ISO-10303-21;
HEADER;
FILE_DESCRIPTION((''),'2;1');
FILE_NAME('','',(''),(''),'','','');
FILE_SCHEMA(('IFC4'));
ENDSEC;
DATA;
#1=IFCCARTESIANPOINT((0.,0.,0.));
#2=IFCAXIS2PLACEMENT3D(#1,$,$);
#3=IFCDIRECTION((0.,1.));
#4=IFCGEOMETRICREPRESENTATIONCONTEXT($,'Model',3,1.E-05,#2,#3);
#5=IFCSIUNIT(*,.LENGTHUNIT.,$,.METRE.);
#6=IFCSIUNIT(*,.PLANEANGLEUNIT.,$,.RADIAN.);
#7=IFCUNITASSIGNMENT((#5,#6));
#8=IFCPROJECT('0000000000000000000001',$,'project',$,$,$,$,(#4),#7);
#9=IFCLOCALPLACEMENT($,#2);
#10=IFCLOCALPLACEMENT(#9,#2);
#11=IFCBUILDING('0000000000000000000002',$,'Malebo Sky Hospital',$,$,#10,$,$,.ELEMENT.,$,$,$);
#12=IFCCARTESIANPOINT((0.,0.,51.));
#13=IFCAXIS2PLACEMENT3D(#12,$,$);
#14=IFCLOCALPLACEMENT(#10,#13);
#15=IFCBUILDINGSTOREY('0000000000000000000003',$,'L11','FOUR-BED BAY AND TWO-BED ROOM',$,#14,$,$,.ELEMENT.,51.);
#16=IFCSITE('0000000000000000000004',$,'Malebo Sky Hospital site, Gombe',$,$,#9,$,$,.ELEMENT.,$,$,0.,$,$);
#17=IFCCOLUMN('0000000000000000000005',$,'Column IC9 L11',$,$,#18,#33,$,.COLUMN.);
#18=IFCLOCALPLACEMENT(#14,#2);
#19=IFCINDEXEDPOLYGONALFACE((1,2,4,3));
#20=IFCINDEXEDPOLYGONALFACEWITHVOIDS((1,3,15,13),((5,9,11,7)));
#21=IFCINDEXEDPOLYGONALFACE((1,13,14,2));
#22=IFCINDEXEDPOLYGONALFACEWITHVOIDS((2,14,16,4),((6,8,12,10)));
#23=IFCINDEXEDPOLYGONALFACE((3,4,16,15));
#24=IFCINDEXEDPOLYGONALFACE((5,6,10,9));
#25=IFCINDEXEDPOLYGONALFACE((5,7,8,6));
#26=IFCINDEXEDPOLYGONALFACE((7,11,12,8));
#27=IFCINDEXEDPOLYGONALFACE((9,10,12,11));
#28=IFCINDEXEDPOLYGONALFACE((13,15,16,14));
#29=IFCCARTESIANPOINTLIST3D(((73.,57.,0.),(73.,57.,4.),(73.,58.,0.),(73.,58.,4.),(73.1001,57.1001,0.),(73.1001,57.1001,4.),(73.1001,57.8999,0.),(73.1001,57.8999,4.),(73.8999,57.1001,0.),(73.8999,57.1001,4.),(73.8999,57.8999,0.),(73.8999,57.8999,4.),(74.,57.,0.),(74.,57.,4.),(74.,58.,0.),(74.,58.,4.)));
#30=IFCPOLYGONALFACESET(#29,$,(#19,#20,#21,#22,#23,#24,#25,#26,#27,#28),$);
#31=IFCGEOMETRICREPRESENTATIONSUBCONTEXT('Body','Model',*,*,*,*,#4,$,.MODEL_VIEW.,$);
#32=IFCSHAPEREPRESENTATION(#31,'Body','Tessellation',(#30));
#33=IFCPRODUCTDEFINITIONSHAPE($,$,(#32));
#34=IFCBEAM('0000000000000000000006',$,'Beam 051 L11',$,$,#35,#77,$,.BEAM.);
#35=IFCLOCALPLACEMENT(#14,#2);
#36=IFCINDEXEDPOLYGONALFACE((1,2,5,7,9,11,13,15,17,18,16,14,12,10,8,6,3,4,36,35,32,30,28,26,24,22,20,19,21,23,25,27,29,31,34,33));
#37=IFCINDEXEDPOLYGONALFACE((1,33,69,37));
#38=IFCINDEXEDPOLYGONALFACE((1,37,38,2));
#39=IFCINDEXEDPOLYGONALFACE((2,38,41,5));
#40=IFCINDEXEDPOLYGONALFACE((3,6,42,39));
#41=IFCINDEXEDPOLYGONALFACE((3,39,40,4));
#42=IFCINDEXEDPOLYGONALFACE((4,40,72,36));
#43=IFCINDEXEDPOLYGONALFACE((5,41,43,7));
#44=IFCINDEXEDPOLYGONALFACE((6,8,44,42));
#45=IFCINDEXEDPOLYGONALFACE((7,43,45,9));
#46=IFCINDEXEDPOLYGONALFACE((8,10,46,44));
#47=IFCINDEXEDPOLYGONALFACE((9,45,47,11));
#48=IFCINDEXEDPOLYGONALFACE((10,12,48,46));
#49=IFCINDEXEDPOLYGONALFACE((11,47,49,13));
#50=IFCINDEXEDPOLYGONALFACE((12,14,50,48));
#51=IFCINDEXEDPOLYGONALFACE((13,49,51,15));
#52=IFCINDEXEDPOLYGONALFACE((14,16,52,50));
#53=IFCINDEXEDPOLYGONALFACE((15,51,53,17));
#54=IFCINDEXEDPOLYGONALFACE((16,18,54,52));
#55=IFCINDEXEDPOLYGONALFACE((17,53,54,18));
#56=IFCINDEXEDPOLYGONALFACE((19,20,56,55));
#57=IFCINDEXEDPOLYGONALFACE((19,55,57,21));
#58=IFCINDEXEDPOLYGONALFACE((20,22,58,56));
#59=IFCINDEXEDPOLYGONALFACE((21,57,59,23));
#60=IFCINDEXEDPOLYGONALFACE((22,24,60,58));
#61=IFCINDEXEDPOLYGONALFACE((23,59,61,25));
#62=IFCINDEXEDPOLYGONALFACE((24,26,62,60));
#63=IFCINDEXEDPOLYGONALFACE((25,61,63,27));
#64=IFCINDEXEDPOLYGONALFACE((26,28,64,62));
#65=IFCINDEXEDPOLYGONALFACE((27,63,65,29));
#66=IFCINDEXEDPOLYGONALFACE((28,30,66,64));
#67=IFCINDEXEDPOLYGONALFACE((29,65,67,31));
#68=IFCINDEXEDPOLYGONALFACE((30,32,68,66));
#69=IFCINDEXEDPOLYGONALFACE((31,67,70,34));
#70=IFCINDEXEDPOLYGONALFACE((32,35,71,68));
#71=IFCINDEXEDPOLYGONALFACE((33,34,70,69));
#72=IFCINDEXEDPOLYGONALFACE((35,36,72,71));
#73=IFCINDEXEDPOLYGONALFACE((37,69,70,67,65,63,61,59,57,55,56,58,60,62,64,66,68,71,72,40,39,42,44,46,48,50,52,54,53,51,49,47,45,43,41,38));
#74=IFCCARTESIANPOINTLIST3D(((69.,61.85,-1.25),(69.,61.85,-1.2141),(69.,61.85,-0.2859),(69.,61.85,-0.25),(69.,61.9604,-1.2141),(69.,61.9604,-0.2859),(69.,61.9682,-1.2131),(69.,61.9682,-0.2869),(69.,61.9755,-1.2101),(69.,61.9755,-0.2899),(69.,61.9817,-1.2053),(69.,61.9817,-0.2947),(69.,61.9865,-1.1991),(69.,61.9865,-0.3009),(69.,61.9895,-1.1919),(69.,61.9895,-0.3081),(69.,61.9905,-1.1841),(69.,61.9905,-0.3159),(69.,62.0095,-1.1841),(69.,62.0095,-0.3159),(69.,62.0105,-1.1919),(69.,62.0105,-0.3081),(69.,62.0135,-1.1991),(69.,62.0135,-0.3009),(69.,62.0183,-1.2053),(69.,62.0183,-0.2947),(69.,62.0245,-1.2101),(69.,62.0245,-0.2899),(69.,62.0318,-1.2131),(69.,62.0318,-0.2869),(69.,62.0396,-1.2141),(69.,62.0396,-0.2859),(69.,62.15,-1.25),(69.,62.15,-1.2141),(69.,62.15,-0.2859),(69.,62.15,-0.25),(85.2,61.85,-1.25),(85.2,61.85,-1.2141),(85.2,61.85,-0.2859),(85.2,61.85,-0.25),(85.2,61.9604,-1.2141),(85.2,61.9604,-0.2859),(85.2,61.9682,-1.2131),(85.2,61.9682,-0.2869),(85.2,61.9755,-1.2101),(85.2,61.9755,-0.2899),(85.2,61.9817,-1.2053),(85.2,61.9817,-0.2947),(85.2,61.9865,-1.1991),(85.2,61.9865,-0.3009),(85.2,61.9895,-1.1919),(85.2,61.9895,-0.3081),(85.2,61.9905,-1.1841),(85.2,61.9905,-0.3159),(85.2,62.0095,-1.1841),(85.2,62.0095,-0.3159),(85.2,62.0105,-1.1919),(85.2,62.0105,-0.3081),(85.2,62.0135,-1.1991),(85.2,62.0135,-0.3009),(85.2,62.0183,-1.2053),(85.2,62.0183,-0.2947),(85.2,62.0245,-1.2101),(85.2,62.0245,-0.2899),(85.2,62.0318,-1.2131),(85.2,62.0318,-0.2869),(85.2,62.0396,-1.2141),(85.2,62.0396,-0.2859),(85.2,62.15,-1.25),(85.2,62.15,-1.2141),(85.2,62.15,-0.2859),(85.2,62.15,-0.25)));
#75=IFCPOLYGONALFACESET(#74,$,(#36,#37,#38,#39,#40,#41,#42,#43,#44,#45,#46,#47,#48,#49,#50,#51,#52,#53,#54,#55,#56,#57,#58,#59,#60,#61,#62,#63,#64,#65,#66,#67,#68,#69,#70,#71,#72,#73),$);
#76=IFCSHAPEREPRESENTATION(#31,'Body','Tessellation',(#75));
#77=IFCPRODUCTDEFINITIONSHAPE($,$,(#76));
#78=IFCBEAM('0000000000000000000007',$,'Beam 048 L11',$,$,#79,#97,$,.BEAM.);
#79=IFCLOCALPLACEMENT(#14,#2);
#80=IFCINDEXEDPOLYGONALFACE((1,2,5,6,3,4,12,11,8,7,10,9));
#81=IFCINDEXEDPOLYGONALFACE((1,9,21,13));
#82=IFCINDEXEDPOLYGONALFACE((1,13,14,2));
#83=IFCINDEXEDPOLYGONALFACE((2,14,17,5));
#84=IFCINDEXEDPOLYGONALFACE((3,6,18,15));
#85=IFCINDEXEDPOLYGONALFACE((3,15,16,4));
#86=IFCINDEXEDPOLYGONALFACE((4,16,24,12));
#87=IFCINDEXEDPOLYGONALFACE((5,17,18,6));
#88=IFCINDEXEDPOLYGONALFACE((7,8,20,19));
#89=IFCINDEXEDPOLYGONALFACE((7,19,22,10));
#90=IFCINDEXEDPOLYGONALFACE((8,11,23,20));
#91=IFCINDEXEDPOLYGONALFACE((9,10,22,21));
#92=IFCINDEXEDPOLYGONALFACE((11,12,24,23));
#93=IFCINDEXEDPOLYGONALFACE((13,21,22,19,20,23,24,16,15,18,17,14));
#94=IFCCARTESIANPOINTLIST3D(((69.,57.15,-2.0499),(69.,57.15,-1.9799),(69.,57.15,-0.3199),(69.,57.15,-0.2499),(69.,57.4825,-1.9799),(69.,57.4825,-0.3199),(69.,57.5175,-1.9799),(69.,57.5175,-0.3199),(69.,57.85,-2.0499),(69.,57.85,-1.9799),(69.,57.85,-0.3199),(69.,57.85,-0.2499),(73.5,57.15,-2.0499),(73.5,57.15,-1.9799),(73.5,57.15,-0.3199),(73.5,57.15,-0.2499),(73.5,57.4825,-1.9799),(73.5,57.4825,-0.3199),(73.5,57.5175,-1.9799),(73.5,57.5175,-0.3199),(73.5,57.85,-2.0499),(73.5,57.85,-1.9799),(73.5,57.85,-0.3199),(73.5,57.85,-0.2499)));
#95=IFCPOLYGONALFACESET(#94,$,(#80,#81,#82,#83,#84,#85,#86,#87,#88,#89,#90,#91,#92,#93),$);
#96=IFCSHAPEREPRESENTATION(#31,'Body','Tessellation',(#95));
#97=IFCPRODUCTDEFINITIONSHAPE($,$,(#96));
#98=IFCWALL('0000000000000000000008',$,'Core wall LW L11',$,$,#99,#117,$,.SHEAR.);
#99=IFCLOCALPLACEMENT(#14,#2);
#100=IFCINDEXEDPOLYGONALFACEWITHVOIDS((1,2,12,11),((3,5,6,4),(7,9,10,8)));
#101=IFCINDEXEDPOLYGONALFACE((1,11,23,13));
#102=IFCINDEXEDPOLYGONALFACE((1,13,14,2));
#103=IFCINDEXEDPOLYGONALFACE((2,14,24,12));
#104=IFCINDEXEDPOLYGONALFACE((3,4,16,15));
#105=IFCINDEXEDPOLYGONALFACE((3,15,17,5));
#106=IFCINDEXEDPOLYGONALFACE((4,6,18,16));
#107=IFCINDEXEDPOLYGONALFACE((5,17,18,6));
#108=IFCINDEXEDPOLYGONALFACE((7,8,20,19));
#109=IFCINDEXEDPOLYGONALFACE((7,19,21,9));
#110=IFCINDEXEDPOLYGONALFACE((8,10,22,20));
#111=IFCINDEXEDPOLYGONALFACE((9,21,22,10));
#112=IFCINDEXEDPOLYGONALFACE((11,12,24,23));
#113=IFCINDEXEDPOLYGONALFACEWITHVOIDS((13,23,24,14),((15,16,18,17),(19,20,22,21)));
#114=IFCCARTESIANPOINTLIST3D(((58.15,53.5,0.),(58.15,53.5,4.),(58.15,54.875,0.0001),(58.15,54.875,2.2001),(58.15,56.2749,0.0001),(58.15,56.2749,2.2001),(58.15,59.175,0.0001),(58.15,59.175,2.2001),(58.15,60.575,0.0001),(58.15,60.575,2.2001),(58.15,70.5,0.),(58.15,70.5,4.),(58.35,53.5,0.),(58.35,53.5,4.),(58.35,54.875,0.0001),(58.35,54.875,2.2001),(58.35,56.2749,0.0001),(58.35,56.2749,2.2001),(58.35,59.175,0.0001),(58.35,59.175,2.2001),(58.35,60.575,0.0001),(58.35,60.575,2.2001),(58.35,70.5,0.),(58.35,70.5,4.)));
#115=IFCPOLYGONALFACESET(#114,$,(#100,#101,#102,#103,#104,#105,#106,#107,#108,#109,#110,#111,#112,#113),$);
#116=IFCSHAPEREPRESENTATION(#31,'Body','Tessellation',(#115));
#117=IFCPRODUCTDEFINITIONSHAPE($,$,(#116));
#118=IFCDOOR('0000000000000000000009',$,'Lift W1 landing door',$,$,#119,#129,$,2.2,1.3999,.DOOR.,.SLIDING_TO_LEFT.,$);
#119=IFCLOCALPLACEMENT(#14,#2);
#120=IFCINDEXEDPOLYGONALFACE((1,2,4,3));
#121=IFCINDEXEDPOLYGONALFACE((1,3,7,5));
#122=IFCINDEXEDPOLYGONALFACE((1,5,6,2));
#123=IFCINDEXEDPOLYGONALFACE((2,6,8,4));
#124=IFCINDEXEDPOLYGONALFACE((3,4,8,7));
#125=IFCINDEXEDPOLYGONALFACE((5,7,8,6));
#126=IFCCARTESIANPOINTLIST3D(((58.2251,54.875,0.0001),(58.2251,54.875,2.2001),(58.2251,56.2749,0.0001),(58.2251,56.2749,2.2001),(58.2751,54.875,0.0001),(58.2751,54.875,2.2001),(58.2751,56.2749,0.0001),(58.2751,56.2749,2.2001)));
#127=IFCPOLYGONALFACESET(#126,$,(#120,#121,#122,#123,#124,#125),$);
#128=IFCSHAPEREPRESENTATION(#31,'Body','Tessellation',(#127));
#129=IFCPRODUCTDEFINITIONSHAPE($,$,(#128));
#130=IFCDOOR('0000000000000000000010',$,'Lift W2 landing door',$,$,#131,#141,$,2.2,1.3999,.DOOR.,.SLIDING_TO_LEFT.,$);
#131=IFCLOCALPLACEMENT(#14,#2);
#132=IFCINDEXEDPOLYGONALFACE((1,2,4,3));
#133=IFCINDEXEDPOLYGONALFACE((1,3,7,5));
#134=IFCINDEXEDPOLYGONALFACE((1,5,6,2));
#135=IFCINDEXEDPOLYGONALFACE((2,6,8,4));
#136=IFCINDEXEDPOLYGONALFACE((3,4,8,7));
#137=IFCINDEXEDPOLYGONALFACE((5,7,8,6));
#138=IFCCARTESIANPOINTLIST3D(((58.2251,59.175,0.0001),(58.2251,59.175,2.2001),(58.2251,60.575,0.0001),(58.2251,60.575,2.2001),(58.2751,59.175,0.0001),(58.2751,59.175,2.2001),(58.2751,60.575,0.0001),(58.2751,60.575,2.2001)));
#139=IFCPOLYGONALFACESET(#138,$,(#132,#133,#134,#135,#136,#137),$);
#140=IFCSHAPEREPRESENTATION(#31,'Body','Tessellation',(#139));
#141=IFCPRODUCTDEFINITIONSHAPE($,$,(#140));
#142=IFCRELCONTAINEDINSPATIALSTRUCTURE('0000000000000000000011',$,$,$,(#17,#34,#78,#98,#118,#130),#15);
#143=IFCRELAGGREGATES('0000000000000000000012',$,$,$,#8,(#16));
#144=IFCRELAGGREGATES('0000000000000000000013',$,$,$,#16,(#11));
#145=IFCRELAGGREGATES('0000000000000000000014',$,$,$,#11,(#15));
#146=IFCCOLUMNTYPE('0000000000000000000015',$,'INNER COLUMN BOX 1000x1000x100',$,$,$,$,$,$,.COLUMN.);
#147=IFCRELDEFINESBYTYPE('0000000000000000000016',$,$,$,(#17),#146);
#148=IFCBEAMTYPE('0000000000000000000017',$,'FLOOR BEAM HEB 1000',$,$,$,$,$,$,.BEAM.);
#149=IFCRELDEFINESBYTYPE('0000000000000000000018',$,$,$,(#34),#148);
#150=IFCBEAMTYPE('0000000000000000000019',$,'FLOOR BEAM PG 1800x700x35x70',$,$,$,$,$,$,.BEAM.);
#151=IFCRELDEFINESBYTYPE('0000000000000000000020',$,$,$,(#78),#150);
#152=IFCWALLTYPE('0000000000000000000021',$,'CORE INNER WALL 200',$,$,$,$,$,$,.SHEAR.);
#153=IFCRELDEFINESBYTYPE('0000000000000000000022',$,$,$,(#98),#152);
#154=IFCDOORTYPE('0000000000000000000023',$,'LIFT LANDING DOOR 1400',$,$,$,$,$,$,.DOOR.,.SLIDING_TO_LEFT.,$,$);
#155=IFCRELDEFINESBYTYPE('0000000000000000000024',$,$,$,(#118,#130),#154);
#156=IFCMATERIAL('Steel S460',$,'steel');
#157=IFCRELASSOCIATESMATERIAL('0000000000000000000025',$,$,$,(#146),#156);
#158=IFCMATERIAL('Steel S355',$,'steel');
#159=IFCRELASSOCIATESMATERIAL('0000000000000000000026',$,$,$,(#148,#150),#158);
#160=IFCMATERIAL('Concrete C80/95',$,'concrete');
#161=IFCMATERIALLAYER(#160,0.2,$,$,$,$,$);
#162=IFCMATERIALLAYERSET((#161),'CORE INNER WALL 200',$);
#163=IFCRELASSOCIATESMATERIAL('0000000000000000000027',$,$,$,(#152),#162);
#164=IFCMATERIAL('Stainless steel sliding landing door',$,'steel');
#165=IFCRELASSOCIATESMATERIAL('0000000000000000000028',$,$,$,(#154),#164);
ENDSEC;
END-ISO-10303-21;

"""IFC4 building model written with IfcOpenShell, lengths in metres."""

from ifc_helpers import new_model, si_unit, direction, frame, frame_2d, origin, origin_2d, place, context, subcontext, project, spatial, rectangle, hollow_rectangle, i_section, extrude, material, layer, layer_set, material_profile, profile_set, type_object, element, fill, save


model = new_model("IFC4")

# Units and contexts
model_context = context("Model", 3, precision=1e-05, world=origin(), true_north=direction((0.0, 1.0)))
body_context = subcontext(model_context, "Body", "Model", "MODEL_VIEW")
ifc_project = project(units=[si_unit("LENGTHUNIT", "METRE"), si_unit("PLANEANGLEUNIT", "RADIAN")], contexts=[model_context])

# Site, building, storey
site_placement = place(None, origin())
site = spatial("IfcSite", under=ifc_project, at=site_placement, Name="Malebo Sky Hospital site, Gombe", CompositionType="ELEMENT", RefElevation=0.0)
building_placement = place(site_placement, origin())
building = spatial("IfcBuilding", under=site, at=building_placement, Name="Malebo Sky Hospital", CompositionType="ELEMENT")
storey_placement = place(building_placement, frame((0.0, 0.0, 51.0)))
storey = spatial("IfcBuildingStorey", under=building, at=storey_placement, Name="L11", Description="FOUR-BED BAY AND TWO-BED ROOM", CompositionType="ELEMENT", Elevation=51.0)

# Column
ifc_material_1 = material(Name="Steel S460", Category="steel")
ifc_material_profile_1 = material_profile(ifc_material_1, hollow_rectangle(XDim=1.0, YDim=1.0, WallThickness=0.1001, at=origin_2d()), Name="BOX 1000x1000x100")
ifc_profile_set_1 = profile_set([ifc_material_profile_1], Name="Steel S460")
column_type = type_object("IfcColumnType", Name="INNER COLUMN BOX 1000x1000x100", PredefinedType="COLUMN", material=ifc_profile_set_1)
column_placement = place(storey_placement, frame((73.5, 57.5, 0.0), z_axis=(0.0, 0.0, 1.0), x_axis=(1.0, 0.0, 0.0)))
element("IfcColumn", 1, at=column_placement, inside=storey, type_object=column_type, Name="Column IC9 L11", PredefinedType="COLUMN", context=body_context, shape_type="SweptSolid", body=[
    extrude(hollow_rectangle(XDim=1.0, YDim=1.0, WallThickness=0.1001, at=origin_2d()), origin(), (0.0, 0.0, 1.0), 4.0),
])

# Beams
ifc_material_2 = material(Name="Steel S355", Category="steel")
ifc_material_profile_2 = material_profile(ifc_material_2, i_section(OverallWidth=0.3, OverallDepth=1.0, WebThickness=0.019, FlangeThickness=0.0359, FilletRadius=0.03, at=origin_2d()), Name="HEB 1000")
ifc_profile_set_2 = profile_set([ifc_material_profile_2], Name="Steel S355")
beam_type_1 = type_object("IfcBeamType", Name="FLOOR BEAM HEB 1000", PredefinedType="BEAM", material=ifc_profile_set_2)
beam_1_placement = place(storey_placement, frame((69.0, 62.0, -0.75), z_axis=(1.0, 0.0, 0.0), x_axis=(0.0, 1.0, 0.0)))
element("IfcBeam", 2, at=beam_1_placement, inside=storey, type_object=beam_type_1, Name="Beam 051 L11", PredefinedType="BEAM", context=body_context, shape_type="SweptSolid", body=[
    extrude(i_section(OverallWidth=0.3, OverallDepth=1.0, WebThickness=0.019, FlangeThickness=0.0359, FilletRadius=0.03, at=origin_2d()), origin(), (0.0, 0.0, 1.0), 16.2),
])
ifc_material_profile_3 = material_profile(ifc_material_2, i_section(OverallWidth=0.7, OverallDepth=1.8, WebThickness=0.0349, FlangeThickness=0.0701, at=origin_2d()), Name="PG 1800x700x35x70")
ifc_profile_set_3 = profile_set([ifc_material_profile_3], Name="Steel S355")
beam_type_2 = type_object("IfcBeamType", Name="FLOOR BEAM PG 1800x700x35x70", PredefinedType="BEAM", material=ifc_profile_set_3)
beam_2_placement = place(storey_placement, frame((69.0, 57.5, -1.1499), z_axis=(1.0, 0.0, 0.0), x_axis=(0.0, 1.0, 0.0)))
element("IfcBeam", 3, at=beam_2_placement, inside=storey, type_object=beam_type_2, Name="Beam 048 L11", PredefinedType="BEAM", context=body_context, shape_type="SweptSolid", body=[
    extrude(i_section(OverallWidth=0.7, OverallDepth=1.8, WebThickness=0.0349, FlangeThickness=0.0701, at=origin_2d()), origin(), (0.0, 0.0, 1.0), 4.5),
])

# Wall, openings, doors
ifc_material_3 = material(Name="Concrete C80/95", Category="concrete")
ifc_layer_1 = layer(ifc_material_3, 0.2)
ifc_layer_set_1 = layer_set([ifc_layer_1], Name="CORE INNER WALL 200")
wall_type_1 = type_object("IfcWallType", Name="CORE INNER WALL 200", PredefinedType="SHEAR", material=ifc_layer_set_1)
wall_1_placement = place(storey_placement, frame((58.25, 53.5, 0.0), z_axis=(0.0, 0.0, 1.0), x_axis=(0.0, 1.0, 0.0)))
wall_1 = element("IfcWall", 4, at=wall_1_placement, inside=storey, type_object=wall_type_1, Name="Core wall LW L11", PredefinedType="SHEAR", context=body_context, shape_type="SweptSolid", body=[
    extrude(rectangle(XDim=17.0, YDim=0.2, at=frame_2d((8.5, 0.0))), origin(), (0.0, 0.0, 1.0), 4.0),
])
opening_1_placement = place(wall_1_placement, frame((1.375, 0.0, 0.0)))
opening_1 = element("IfcOpeningElement", 5, at=opening_1_placement, cuts=wall_1, PredefinedType="OPENING", context=body_context, shape_type="SweptSolid", body=[
    extrude(rectangle(XDim=1.3999, YDim=2.2, at=frame_2d((0.7, 1.1001))), frame((0.0, 0.1099, 0.0), z_axis=(0.0, -1.0, 0.0), x_axis=(1.0, 0.0, 0.0)), (0.0, 0.0, 1.0), 0.22),
])
opening_2_placement = place(wall_1_placement, frame((5.675, 0.0, 0.0)))
opening_2 = element("IfcOpeningElement", 6, at=opening_2_placement, cuts=wall_1, PredefinedType="OPENING", context=body_context, shape_type="SweptSolid", body=[
    extrude(rectangle(XDim=1.3999, YDim=2.2, at=frame_2d((0.7, 1.1001))), frame((0.0, 0.1099, 0.0), z_axis=(0.0, -1.0, 0.0), x_axis=(1.0, 0.0, 0.0)), (0.0, 0.0, 1.0), 0.22),
])
ifc_material_4 = material(Name="Stainless steel sliding landing door", Category="steel")
door_type_1 = type_object("IfcDoorType", Name="LIFT LANDING DOOR 1400", OperationType="SLIDING_TO_LEFT", PredefinedType="DOOR", material=ifc_material_4)
door_1_placement = place(opening_1_placement, origin())
door_1 = element("IfcDoor", 7, at=door_1_placement, inside=storey, type_object=door_type_1, Name="Lift W1 landing door", OperationType="SLIDING_TO_LEFT", OverallHeight=2.2, OverallWidth=1.3999, PredefinedType="DOOR", context=body_context, shape_type="SweptSolid", body=[
    extrude(rectangle(XDim=1.3999, YDim=2.2, at=frame_2d((0.7, 1.1001))), frame((0.0, 0.0249, 0.0), z_axis=(0.0, -1.0, 0.0), x_axis=(1.0, 0.0, 0.0)), (0.0, 0.0, 1.0), 0.05),
])
fill(opening_1, door_1)
door_2_placement = place(opening_2_placement, origin())
door_2 = element("IfcDoor", 8, at=door_2_placement, inside=storey, type_object=door_type_1, Name="Lift W2 landing door", OperationType="SLIDING_TO_LEFT", OverallHeight=2.2, OverallWidth=1.3999, PredefinedType="DOOR", context=body_context, shape_type="SweptSolid", body=[
    extrude(rectangle(XDim=1.3999, YDim=2.2, at=frame_2d((0.7, 1.1001))), frame((0.0, 0.0249, 0.0), z_axis=(0.0, -1.0, 0.0), x_axis=(1.0, 0.0, 0.0)), (0.0, 0.0, 1.0), 0.05),
])
fill(opening_2, door_2)

save(model, "model.ifc")
